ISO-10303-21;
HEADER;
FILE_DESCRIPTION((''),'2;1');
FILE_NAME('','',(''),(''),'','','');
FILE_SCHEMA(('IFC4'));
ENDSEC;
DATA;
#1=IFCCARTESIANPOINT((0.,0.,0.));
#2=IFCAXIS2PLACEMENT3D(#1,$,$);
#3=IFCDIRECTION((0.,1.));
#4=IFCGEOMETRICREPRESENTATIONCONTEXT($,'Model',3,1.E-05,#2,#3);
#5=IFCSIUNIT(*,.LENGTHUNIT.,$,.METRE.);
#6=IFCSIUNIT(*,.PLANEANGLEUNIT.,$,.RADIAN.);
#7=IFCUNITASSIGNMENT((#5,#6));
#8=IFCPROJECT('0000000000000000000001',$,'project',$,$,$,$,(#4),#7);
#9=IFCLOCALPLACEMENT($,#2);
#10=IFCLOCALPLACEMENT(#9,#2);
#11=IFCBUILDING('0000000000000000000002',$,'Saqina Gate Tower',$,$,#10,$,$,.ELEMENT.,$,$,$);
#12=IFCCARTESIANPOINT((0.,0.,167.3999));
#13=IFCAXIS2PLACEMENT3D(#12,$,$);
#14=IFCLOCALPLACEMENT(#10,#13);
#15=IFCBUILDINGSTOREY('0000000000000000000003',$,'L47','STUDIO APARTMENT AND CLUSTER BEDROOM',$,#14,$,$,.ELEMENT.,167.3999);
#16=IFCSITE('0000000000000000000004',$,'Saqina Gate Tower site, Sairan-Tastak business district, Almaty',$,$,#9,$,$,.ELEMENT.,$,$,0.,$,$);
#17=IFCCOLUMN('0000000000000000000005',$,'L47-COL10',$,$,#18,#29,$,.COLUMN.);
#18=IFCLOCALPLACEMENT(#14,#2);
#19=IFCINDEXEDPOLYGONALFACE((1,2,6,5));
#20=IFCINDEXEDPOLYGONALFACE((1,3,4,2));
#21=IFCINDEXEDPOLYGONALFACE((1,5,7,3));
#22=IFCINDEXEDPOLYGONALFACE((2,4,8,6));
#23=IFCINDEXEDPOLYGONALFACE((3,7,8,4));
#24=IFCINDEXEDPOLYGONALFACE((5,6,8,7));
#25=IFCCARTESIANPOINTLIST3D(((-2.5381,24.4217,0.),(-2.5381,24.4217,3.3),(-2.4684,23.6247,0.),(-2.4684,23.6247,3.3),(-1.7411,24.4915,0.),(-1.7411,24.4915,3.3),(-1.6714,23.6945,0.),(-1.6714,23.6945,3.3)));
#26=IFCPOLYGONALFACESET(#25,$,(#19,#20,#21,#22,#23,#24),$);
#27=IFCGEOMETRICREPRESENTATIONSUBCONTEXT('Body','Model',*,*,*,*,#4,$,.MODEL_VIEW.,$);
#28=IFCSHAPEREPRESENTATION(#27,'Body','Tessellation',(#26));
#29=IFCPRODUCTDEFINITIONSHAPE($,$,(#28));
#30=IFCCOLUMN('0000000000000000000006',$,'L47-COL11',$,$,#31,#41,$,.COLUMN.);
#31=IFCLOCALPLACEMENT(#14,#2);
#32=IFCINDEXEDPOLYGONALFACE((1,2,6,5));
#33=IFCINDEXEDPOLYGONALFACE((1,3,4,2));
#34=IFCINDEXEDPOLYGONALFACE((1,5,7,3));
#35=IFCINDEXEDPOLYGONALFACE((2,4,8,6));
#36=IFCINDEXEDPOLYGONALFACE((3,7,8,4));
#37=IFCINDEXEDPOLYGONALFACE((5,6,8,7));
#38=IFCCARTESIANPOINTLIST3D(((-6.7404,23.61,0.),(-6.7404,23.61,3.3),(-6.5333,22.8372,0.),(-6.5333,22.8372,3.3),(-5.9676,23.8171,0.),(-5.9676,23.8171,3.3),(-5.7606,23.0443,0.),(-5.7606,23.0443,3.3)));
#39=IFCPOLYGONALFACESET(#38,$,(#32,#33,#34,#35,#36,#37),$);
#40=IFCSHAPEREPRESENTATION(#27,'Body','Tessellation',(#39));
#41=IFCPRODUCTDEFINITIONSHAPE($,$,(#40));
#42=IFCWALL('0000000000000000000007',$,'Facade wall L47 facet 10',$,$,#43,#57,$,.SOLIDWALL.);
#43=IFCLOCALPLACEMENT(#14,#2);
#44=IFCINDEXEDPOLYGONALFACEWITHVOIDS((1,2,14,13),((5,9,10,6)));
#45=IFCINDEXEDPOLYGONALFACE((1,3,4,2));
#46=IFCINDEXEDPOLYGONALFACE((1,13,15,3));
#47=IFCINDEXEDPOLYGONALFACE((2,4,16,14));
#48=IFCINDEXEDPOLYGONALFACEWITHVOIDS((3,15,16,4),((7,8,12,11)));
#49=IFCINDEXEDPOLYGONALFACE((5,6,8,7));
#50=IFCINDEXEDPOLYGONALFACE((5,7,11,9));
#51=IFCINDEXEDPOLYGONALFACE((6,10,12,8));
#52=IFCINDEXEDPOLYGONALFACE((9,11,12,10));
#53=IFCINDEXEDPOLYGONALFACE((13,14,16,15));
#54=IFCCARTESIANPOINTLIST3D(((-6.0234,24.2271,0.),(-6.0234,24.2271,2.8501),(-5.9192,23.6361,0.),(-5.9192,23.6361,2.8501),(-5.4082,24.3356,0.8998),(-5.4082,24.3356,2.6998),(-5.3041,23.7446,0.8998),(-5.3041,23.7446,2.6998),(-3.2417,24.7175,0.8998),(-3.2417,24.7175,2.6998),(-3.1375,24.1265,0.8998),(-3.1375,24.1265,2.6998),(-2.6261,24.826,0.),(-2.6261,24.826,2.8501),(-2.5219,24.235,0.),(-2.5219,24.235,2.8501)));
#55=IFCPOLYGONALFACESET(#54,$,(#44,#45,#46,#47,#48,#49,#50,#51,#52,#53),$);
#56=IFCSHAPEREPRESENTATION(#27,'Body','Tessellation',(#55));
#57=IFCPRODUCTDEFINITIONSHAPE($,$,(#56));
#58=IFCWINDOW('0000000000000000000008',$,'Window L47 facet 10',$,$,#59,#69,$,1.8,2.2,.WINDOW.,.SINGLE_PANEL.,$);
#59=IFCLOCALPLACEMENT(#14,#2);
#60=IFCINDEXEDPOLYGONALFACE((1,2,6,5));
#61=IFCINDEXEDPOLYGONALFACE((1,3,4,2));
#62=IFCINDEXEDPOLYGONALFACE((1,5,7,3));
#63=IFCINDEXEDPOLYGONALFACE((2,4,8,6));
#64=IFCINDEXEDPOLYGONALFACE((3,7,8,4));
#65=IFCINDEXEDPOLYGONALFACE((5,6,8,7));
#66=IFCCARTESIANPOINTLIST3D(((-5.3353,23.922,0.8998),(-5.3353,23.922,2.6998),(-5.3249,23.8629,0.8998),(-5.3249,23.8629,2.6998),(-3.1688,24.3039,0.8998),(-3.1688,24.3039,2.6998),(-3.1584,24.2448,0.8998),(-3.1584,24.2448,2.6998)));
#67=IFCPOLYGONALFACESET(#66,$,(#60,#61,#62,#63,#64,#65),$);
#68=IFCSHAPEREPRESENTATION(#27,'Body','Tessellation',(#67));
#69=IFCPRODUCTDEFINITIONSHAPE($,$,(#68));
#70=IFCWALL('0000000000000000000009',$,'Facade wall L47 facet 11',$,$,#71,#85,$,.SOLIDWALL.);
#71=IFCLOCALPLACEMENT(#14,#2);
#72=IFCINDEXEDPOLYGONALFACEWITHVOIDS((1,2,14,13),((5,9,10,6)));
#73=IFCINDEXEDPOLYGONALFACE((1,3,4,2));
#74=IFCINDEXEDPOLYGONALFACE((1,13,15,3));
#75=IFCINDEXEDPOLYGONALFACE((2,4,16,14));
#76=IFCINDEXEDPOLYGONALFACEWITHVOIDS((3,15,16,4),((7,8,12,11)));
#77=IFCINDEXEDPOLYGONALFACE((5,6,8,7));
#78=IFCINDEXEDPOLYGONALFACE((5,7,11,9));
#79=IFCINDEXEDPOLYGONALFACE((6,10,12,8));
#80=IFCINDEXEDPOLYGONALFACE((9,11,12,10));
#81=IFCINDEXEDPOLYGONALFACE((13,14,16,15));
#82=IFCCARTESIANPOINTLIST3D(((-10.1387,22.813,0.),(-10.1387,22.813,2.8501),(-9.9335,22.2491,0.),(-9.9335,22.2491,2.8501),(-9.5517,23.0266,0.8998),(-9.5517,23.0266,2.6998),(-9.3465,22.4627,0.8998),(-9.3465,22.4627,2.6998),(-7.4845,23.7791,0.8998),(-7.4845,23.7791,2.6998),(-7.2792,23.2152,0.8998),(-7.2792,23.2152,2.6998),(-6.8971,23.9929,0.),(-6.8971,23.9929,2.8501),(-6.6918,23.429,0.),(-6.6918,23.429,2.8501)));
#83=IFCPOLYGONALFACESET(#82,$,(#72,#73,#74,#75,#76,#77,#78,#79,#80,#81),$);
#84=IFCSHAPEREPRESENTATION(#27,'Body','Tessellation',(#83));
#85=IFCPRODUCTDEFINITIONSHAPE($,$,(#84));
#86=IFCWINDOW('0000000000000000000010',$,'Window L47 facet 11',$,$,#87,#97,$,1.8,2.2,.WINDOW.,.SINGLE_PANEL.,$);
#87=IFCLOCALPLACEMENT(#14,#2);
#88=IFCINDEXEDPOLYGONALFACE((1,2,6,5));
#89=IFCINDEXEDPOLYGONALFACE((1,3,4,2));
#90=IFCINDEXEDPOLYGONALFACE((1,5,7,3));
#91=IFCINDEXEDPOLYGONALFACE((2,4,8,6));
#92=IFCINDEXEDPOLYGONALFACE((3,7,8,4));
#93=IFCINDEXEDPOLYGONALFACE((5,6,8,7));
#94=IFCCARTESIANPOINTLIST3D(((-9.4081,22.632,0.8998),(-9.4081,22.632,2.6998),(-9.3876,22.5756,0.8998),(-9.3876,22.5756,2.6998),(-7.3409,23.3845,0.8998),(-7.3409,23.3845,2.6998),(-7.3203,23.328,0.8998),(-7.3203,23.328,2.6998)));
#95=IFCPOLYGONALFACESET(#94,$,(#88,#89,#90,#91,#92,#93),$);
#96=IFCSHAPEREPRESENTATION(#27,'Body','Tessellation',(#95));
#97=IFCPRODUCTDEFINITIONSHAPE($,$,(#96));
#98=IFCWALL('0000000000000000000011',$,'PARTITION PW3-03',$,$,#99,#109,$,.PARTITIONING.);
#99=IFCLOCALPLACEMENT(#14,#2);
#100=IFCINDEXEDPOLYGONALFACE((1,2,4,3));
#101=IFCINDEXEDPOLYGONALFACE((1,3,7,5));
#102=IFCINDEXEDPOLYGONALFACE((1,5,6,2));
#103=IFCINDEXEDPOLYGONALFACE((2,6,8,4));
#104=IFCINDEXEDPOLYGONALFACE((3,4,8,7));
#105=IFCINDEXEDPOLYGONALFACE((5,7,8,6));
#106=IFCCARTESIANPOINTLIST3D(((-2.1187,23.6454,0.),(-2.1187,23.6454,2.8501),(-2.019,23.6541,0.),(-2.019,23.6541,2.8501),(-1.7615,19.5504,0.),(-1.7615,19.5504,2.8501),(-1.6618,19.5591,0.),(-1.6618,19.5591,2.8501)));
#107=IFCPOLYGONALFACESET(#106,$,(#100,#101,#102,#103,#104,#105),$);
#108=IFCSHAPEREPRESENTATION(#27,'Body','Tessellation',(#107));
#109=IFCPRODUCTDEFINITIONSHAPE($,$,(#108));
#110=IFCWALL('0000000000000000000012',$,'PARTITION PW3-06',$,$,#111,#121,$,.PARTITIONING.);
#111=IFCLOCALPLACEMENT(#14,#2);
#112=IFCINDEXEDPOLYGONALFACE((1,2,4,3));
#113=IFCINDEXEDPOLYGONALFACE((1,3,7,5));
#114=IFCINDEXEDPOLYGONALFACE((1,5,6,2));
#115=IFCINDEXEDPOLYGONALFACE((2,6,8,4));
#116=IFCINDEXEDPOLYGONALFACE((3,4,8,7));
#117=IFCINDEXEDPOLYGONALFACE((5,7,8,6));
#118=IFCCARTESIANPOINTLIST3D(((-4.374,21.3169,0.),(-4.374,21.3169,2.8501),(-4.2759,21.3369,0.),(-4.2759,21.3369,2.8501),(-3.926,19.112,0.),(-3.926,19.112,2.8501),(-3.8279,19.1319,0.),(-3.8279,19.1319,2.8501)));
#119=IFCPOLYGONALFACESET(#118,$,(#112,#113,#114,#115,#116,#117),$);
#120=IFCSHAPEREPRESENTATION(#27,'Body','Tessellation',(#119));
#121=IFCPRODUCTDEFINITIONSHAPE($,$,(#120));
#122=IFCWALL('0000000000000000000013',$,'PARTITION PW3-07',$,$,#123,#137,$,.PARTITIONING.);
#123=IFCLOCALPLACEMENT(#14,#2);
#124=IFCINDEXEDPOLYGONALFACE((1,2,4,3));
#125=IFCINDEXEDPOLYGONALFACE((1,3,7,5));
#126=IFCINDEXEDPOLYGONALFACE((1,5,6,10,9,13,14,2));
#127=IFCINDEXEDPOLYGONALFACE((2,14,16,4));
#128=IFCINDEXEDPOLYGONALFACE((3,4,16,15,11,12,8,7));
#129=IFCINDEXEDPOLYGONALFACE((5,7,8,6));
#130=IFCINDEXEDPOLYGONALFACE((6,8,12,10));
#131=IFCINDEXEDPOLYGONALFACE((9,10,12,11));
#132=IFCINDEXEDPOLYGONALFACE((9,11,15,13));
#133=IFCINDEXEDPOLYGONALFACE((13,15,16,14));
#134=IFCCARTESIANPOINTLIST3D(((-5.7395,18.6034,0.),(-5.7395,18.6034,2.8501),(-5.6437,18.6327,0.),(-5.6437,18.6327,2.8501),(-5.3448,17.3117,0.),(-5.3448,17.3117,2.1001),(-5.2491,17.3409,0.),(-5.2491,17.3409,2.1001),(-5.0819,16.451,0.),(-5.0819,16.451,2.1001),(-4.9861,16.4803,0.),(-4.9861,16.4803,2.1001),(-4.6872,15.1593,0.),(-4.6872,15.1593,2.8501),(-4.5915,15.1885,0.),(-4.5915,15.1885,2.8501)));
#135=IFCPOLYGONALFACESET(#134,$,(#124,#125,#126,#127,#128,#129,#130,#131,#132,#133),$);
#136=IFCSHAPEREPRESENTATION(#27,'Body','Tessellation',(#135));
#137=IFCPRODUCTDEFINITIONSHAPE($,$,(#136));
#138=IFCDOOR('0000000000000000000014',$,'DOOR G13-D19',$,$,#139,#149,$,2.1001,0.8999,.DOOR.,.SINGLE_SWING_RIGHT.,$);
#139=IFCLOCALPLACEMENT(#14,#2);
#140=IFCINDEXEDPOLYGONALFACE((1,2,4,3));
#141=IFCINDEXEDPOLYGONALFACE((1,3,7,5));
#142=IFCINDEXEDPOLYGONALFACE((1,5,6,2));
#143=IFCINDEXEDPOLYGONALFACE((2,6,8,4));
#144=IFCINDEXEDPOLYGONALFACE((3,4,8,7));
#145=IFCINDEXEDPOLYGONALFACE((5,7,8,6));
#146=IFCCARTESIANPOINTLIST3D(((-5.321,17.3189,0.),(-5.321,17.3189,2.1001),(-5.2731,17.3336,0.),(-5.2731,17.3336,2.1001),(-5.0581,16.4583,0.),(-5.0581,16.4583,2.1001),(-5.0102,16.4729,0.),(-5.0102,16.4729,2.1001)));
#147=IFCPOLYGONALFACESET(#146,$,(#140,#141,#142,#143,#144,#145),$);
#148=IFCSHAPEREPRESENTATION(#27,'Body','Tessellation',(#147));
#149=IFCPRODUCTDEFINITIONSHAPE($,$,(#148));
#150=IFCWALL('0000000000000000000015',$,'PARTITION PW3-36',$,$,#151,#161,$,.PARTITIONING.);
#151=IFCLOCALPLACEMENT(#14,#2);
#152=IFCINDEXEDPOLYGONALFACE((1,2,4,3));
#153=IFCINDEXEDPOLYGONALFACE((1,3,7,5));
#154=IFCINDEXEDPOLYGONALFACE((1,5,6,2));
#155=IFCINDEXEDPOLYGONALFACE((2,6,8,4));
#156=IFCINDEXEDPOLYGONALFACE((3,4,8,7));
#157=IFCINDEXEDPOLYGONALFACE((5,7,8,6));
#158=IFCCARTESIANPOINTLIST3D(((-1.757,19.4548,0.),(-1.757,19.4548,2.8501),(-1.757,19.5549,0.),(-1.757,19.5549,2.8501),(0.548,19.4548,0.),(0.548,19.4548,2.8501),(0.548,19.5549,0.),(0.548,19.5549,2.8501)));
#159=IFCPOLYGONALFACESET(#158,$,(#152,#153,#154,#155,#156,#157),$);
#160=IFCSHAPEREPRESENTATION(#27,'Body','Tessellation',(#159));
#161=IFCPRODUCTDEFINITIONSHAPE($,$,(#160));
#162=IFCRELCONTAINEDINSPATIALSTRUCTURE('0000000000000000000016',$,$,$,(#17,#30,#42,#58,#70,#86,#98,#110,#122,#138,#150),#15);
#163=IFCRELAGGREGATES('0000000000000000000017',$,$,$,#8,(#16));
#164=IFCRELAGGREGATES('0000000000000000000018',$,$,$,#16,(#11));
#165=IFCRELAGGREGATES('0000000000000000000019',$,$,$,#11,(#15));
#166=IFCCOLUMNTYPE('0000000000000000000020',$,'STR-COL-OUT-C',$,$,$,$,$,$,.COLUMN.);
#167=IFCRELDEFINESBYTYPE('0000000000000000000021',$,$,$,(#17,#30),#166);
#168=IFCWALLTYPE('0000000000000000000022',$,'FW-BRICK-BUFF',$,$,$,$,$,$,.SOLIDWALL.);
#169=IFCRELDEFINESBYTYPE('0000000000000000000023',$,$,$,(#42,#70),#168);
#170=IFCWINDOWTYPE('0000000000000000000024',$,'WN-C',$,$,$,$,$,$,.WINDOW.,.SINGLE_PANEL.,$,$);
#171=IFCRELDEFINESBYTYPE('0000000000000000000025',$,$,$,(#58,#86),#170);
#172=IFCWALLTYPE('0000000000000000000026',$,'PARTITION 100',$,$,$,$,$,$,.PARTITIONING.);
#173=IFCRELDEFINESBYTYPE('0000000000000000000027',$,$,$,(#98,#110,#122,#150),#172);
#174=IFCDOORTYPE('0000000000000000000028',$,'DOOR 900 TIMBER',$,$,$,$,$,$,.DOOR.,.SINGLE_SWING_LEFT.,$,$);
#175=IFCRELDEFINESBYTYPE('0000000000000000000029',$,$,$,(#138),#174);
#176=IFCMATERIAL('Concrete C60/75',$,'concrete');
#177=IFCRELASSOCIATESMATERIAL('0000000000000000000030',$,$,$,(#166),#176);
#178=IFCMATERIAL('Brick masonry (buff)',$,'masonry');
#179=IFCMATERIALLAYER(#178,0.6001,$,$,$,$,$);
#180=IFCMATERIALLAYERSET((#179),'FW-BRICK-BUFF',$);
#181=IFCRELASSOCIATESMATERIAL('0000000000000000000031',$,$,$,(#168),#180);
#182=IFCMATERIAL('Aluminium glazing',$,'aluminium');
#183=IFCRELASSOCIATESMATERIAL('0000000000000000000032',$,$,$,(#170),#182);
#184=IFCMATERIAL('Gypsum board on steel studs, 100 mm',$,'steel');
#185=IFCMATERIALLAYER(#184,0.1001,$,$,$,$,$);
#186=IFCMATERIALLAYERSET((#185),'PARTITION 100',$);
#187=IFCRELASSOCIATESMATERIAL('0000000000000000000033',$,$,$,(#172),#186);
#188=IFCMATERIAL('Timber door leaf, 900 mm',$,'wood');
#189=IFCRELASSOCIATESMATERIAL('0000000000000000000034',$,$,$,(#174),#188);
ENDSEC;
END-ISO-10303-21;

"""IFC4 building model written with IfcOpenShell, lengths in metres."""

from ifc_helpers import new_model, si_unit, direction, frame, frame_2d, origin, origin_2d, place, context, subcontext, project, spatial, rectangle, extrude, material, layer, layer_set, material_profile, profile_set, type_object, element, fill, save


model = new_model("IFC4")

# Units and contexts
model_context = context("Model", 3, precision=1e-05, world=origin(), true_north=direction((0.0, 1.0)))
body_context = subcontext(model_context, "Body", "Model", "MODEL_VIEW")
ifc_project = project(units=[si_unit("LENGTHUNIT", "METRE"), si_unit("PLANEANGLEUNIT", "RADIAN")], contexts=[model_context])

# Site, building, storey
site_placement = place(None, origin())
site = spatial("IfcSite", under=ifc_project, at=site_placement, Name="Saqina Gate Tower site, Sairan-Tastak business district, Almaty", CompositionType="ELEMENT", RefElevation=0.0)
building_placement = place(site_placement, origin())
building = spatial("IfcBuilding", under=site, at=building_placement, Name="Saqina Gate Tower", CompositionType="ELEMENT")
storey_placement = place(building_placement, frame((0.0, 0.0, 167.3999)))
storey = spatial("IfcBuildingStorey", under=building, at=storey_placement, Name="L47", Description="STUDIO APARTMENT AND CLUSTER BEDROOM", CompositionType="ELEMENT", Elevation=167.3999)

# Columns
ifc_material_1 = material(Name="Concrete C60/75", Category="concrete")
ifc_material_profile = material_profile(ifc_material_1, rectangle(XDim=0.8, YDim=0.8, at=origin_2d()), Name="RC 800x800")
ifc_profile_set = profile_set([ifc_material_profile], Name="Concrete C60/75")
column_type = type_object("IfcColumnType", Name="STR-COL-OUT-C", PredefinedType="COLUMN", material=ifc_profile_set)
for number, where, z_axis, x_axis, name in (
    (1, (-2.1047, 24.0581, 0.0), (0.0, 0.0, 1.0), (-0.087156, 0.996195, 0.0), "L47-COL10"),
    (2, (-6.2505, 23.3271, 0.0), (0.0, 0.0, 1.0), (-0.258819, 0.965926, 0.0), "L47-COL11"),
):
    element("IfcColumn", number, at=place(storey_placement, frame(where, z_axis=z_axis, x_axis=x_axis)), inside=storey, type_object=column_type, Name=name, PredefinedType="COLUMN", context=body_context, shape_type="SweptSolid", body=[
        extrude(rectangle(XDim=0.8, YDim=0.8, at=origin_2d()), origin(), (0.0, 0.0, 1.0), 3.3),
    ])

# Walls, openings, windows
ifc_material_2 = material(Name="Brick masonry (buff)", Category="masonry")
ifc_layer_1 = layer(ifc_material_2, 0.6001)
ifc_layer_set_1 = layer_set([ifc_layer_1], Name="FW-BRICK-BUFF")
wall_type_1 = type_object("IfcWallType", Name="FW-BRICK-BUFF", PredefinedType="SOLIDWALL", material=ifc_layer_set_1)
wall_1_placement = place(storey_placement, frame((-2.574, 24.5305, 0.0), z_axis=(0.0, 0.0, 1.0), x_axis=(-0.984815, -0.173608, 0.0)))
wall_1 = element("IfcWall", 3, at=wall_1_placement, inside=storey, type_object=wall_type_1, Name="Facade wall L47 facet 10", PredefinedType="SOLIDWALL", context=body_context, shape_type="SweptSolid", body=[
    extrude(rectangle(XDim=3.4497, YDim=0.6001, at=frame_2d((1.7249, 0.0))), origin(), (0.0, 0.0, 1.0), 2.8501),
])
opening_1_placement = place(wall_1_placement, frame((0.625, 0.0, 0.8999)))
opening_1 = element("IfcOpeningElement", 4, at=opening_1_placement, cuts=wall_1, PredefinedType="OPENING", context=body_context, shape_type="SweptSolid", body=[
    extrude(rectangle(XDim=2.2, YDim=1.8, at=frame_2d((1.1001, 0.8999))), frame((0.0, 0.312, 0.0), z_axis=(0.0, -1.0, 0.0), x_axis=(1.0, 0.0, 0.0)), (0.0, 0.0, 1.0), 0.624),
])
ifc_material_3 = material(Name="Aluminium glazing", Category="aluminium")
window_type = type_object("IfcWindowType", Name="WN-C", PartitioningType="SINGLE_PANEL", PredefinedType="WINDOW", material=ifc_material_3)
window_1_placement = place(opening_1_placement, origin())
window_1 = element("IfcWindow", 5, at=window_1_placement, inside=storey, type_object=window_type, Name="Window L47 facet 10", OverallHeight=1.8, OverallWidth=2.2, PartitioningType="SINGLE_PANEL", PredefinedType="WINDOW", context=body_context, shape_type="SweptSolid", body=[
    extrude(rectangle(XDim=2.2, YDim=1.8, at=frame_2d((1.1001, 0.8999))), frame((0.0, 0.1799, 0.0), z_axis=(0.0, -1.0, 0.0), x_axis=(1.0, 0.0, 0.0)), (0.0, 0.0, 1.0), 0.0601),
])
fill(opening_1, window_1)
wall_2_placement = place(storey_placement, frame((-6.7944, 23.7109, 0.0), z_axis=(0.0, 0.0, 1.0), x_axis=(-0.939688, -0.342033, 0.0)))
wall_2 = element("IfcWall", 6, at=wall_2_placement, inside=storey, type_object=wall_type_1, Name="Facade wall L47 facet 11", PredefinedType="SOLIDWALL", context=body_context, shape_type="SweptSolid", body=[
    extrude(rectangle(XDim=3.4497, YDim=0.6001, at=frame_2d((1.7249, 0.0))), origin(), (0.0, 0.0, 1.0), 2.8501),
])
opening_2_placement = place(wall_2_placement, frame((0.625, 0.0, 0.8999)))
opening_2 = element("IfcOpeningElement", 7, at=opening_2_placement, cuts=wall_2, PredefinedType="OPENING", context=body_context, shape_type="SweptSolid", body=[
    extrude(rectangle(XDim=2.2, YDim=1.8, at=frame_2d((1.1001, 0.8999))), frame((0.0, 0.312, 0.0), z_axis=(0.0, -1.0, 0.0), x_axis=(1.0, 0.0, 0.0)), (0.0, 0.0, 1.0), 0.624),
])
window_2_placement = place(opening_2_placement, origin())
window_2 = element("IfcWindow", 8, at=window_2_placement, inside=storey, type_object=window_type, Name="Window L47 facet 11", OverallHeight=1.8, OverallWidth=2.2, PartitioningType="SINGLE_PANEL", PredefinedType="WINDOW", context=body_context, shape_type="SweptSolid", body=[
    extrude(rectangle(XDim=2.2, YDim=1.8, at=frame_2d((1.1001, 0.8999))), frame((0.0, 0.1799, 0.0), z_axis=(0.0, -1.0, 0.0), x_axis=(1.0, 0.0, 0.0)), (0.0, 0.0, 1.0), 0.0601),
])
fill(opening_2, window_2)

# Walls
ifc_material_4 = material(Name="Gypsum board on steel studs, 100 mm", Category="steel")
ifc_layer_2 = layer(ifc_material_4, 0.1001)
ifc_layer_set_2 = layer_set([ifc_layer_2], Name="PARTITION 100")
wall_type_2 = type_object("IfcWallType", Name="PARTITION 100", PredefinedType="PARTITIONING", material=ifc_layer_set_2)
wall_3_placement = place(storey_placement, frame((-2.0688, 23.6497, 0.0), z_axis=(0.0, 0.0, 1.0), x_axis=(0.086894, -0.996218, 0.0)))
element("IfcWall", 9, at=wall_3_placement, inside=storey, type_object=wall_type_2, Name="PARTITION PW3-03", PredefinedType="PARTITIONING", context=body_context, shape_type="SweptSolid", body=[
    extrude(rectangle(XDim=4.1106, YDim=0.1001, at=frame_2d((2.0552, 0.0))), origin(), (0.0, 0.0, 1.0), 2.8501),
])
wall_4_placement = place(storey_placement, frame((-4.325, 21.3269, 0.0), z_axis=(0.0, 0.0, 1.0), x_axis=(0.19912, -0.979975, 0.0)))
element("IfcWall", 10, at=wall_4_placement, inside=storey, type_object=wall_type_2, Name="PARTITION PW3-06", PredefinedType="PARTITIONING", context=body_context, shape_type="SweptSolid", body=[
    extrude(rectangle(XDim=2.25, YDim=0.1001, at=frame_2d((1.125, 0.0))), origin(), (0.0, 0.0, 1.0), 2.8501),
])

# Wall, opening, door
wall_5_placement = place(storey_placement, frame((-5.6917, 18.6182, 0.0), z_axis=(0.0, 0.0, 1.0), x_axis=(0.292189, -0.956361, 0.0)))
wall_5 = element("IfcWall", 11, at=wall_5_placement, inside=storey, type_object=wall_type_2, Name="PARTITION PW3-07", PredefinedType="PARTITIONING", context=body_context, shape_type="SweptSolid", body=[
    extrude(rectangle(XDim=3.6013, YDim=0.1001, at=frame_2d((1.8008, 0.0))), origin(), (0.0, 0.0, 1.0), 2.8501),
])
opening_3_placement = place(wall_5_placement, frame((1.3508, 0.0, 0.0)))
opening_3 = element("IfcOpeningElement", 12, at=opening_3_placement, cuts=wall_5, PredefinedType="OPENING", context=body_context, shape_type="SweptSolid", body=[
    extrude(rectangle(XDim=0.8999, YDim=2.1001, at=frame_2d((0.45, 1.05))), frame((0.0, 0.062, 0.0), z_axis=(0.0, -1.0, 0.0), x_axis=(1.0, 0.0, 0.0)), (0.0, 0.0, 1.0), 0.124),
])
ifc_material_5 = material(Name="Timber door leaf, 900 mm", Category="wood")
door_type_1 = type_object("IfcDoorType", Name="DOOR 900 TIMBER", OperationType="SINGLE_SWING_LEFT", PredefinedType="DOOR", material=ifc_material_5)
door_1_placement = place(opening_3_placement, origin())
door_1 = element("IfcDoor", 13, at=door_1_placement, inside=storey, type_object=door_type_1, Name="DOOR G13-D19", OperationType="SINGLE_SWING_RIGHT", OverallHeight=2.1001, OverallWidth=0.8999, PredefinedType="DOOR", context=body_context, shape_type="SweptSolid", body=[
    extrude(rectangle(XDim=0.8999, YDim=2.1001, at=frame_2d((0.45, 1.05))), frame((0.0, 0.0249, 0.0), z_axis=(0.0, -1.0, 0.0), x_axis=(1.0, 0.0, 0.0)), (0.0, 0.0, 1.0), 0.05),
])
fill(opening_3, door_1)

# Wall
wall_6_placement = place(storey_placement, frame((-1.7568, 19.5049, 0.0), z_axis=(0.0, 0.0, 1.0), x_axis=(1.0, 0.0, 0.0)))
element("IfcWall", 14, at=wall_6_placement, inside=storey, type_object=wall_type_2, Name="PARTITION PW3-36", PredefinedType="PARTITIONING", context=body_context, shape_type="SweptSolid", body=[
    extrude(rectangle(XDim=2.3049, YDim=0.1001, at=frame_2d((1.1523, 0.0))), origin(), (0.0, 0.0, 1.0), 2.8501),
])

save(model, "model.ifc")
